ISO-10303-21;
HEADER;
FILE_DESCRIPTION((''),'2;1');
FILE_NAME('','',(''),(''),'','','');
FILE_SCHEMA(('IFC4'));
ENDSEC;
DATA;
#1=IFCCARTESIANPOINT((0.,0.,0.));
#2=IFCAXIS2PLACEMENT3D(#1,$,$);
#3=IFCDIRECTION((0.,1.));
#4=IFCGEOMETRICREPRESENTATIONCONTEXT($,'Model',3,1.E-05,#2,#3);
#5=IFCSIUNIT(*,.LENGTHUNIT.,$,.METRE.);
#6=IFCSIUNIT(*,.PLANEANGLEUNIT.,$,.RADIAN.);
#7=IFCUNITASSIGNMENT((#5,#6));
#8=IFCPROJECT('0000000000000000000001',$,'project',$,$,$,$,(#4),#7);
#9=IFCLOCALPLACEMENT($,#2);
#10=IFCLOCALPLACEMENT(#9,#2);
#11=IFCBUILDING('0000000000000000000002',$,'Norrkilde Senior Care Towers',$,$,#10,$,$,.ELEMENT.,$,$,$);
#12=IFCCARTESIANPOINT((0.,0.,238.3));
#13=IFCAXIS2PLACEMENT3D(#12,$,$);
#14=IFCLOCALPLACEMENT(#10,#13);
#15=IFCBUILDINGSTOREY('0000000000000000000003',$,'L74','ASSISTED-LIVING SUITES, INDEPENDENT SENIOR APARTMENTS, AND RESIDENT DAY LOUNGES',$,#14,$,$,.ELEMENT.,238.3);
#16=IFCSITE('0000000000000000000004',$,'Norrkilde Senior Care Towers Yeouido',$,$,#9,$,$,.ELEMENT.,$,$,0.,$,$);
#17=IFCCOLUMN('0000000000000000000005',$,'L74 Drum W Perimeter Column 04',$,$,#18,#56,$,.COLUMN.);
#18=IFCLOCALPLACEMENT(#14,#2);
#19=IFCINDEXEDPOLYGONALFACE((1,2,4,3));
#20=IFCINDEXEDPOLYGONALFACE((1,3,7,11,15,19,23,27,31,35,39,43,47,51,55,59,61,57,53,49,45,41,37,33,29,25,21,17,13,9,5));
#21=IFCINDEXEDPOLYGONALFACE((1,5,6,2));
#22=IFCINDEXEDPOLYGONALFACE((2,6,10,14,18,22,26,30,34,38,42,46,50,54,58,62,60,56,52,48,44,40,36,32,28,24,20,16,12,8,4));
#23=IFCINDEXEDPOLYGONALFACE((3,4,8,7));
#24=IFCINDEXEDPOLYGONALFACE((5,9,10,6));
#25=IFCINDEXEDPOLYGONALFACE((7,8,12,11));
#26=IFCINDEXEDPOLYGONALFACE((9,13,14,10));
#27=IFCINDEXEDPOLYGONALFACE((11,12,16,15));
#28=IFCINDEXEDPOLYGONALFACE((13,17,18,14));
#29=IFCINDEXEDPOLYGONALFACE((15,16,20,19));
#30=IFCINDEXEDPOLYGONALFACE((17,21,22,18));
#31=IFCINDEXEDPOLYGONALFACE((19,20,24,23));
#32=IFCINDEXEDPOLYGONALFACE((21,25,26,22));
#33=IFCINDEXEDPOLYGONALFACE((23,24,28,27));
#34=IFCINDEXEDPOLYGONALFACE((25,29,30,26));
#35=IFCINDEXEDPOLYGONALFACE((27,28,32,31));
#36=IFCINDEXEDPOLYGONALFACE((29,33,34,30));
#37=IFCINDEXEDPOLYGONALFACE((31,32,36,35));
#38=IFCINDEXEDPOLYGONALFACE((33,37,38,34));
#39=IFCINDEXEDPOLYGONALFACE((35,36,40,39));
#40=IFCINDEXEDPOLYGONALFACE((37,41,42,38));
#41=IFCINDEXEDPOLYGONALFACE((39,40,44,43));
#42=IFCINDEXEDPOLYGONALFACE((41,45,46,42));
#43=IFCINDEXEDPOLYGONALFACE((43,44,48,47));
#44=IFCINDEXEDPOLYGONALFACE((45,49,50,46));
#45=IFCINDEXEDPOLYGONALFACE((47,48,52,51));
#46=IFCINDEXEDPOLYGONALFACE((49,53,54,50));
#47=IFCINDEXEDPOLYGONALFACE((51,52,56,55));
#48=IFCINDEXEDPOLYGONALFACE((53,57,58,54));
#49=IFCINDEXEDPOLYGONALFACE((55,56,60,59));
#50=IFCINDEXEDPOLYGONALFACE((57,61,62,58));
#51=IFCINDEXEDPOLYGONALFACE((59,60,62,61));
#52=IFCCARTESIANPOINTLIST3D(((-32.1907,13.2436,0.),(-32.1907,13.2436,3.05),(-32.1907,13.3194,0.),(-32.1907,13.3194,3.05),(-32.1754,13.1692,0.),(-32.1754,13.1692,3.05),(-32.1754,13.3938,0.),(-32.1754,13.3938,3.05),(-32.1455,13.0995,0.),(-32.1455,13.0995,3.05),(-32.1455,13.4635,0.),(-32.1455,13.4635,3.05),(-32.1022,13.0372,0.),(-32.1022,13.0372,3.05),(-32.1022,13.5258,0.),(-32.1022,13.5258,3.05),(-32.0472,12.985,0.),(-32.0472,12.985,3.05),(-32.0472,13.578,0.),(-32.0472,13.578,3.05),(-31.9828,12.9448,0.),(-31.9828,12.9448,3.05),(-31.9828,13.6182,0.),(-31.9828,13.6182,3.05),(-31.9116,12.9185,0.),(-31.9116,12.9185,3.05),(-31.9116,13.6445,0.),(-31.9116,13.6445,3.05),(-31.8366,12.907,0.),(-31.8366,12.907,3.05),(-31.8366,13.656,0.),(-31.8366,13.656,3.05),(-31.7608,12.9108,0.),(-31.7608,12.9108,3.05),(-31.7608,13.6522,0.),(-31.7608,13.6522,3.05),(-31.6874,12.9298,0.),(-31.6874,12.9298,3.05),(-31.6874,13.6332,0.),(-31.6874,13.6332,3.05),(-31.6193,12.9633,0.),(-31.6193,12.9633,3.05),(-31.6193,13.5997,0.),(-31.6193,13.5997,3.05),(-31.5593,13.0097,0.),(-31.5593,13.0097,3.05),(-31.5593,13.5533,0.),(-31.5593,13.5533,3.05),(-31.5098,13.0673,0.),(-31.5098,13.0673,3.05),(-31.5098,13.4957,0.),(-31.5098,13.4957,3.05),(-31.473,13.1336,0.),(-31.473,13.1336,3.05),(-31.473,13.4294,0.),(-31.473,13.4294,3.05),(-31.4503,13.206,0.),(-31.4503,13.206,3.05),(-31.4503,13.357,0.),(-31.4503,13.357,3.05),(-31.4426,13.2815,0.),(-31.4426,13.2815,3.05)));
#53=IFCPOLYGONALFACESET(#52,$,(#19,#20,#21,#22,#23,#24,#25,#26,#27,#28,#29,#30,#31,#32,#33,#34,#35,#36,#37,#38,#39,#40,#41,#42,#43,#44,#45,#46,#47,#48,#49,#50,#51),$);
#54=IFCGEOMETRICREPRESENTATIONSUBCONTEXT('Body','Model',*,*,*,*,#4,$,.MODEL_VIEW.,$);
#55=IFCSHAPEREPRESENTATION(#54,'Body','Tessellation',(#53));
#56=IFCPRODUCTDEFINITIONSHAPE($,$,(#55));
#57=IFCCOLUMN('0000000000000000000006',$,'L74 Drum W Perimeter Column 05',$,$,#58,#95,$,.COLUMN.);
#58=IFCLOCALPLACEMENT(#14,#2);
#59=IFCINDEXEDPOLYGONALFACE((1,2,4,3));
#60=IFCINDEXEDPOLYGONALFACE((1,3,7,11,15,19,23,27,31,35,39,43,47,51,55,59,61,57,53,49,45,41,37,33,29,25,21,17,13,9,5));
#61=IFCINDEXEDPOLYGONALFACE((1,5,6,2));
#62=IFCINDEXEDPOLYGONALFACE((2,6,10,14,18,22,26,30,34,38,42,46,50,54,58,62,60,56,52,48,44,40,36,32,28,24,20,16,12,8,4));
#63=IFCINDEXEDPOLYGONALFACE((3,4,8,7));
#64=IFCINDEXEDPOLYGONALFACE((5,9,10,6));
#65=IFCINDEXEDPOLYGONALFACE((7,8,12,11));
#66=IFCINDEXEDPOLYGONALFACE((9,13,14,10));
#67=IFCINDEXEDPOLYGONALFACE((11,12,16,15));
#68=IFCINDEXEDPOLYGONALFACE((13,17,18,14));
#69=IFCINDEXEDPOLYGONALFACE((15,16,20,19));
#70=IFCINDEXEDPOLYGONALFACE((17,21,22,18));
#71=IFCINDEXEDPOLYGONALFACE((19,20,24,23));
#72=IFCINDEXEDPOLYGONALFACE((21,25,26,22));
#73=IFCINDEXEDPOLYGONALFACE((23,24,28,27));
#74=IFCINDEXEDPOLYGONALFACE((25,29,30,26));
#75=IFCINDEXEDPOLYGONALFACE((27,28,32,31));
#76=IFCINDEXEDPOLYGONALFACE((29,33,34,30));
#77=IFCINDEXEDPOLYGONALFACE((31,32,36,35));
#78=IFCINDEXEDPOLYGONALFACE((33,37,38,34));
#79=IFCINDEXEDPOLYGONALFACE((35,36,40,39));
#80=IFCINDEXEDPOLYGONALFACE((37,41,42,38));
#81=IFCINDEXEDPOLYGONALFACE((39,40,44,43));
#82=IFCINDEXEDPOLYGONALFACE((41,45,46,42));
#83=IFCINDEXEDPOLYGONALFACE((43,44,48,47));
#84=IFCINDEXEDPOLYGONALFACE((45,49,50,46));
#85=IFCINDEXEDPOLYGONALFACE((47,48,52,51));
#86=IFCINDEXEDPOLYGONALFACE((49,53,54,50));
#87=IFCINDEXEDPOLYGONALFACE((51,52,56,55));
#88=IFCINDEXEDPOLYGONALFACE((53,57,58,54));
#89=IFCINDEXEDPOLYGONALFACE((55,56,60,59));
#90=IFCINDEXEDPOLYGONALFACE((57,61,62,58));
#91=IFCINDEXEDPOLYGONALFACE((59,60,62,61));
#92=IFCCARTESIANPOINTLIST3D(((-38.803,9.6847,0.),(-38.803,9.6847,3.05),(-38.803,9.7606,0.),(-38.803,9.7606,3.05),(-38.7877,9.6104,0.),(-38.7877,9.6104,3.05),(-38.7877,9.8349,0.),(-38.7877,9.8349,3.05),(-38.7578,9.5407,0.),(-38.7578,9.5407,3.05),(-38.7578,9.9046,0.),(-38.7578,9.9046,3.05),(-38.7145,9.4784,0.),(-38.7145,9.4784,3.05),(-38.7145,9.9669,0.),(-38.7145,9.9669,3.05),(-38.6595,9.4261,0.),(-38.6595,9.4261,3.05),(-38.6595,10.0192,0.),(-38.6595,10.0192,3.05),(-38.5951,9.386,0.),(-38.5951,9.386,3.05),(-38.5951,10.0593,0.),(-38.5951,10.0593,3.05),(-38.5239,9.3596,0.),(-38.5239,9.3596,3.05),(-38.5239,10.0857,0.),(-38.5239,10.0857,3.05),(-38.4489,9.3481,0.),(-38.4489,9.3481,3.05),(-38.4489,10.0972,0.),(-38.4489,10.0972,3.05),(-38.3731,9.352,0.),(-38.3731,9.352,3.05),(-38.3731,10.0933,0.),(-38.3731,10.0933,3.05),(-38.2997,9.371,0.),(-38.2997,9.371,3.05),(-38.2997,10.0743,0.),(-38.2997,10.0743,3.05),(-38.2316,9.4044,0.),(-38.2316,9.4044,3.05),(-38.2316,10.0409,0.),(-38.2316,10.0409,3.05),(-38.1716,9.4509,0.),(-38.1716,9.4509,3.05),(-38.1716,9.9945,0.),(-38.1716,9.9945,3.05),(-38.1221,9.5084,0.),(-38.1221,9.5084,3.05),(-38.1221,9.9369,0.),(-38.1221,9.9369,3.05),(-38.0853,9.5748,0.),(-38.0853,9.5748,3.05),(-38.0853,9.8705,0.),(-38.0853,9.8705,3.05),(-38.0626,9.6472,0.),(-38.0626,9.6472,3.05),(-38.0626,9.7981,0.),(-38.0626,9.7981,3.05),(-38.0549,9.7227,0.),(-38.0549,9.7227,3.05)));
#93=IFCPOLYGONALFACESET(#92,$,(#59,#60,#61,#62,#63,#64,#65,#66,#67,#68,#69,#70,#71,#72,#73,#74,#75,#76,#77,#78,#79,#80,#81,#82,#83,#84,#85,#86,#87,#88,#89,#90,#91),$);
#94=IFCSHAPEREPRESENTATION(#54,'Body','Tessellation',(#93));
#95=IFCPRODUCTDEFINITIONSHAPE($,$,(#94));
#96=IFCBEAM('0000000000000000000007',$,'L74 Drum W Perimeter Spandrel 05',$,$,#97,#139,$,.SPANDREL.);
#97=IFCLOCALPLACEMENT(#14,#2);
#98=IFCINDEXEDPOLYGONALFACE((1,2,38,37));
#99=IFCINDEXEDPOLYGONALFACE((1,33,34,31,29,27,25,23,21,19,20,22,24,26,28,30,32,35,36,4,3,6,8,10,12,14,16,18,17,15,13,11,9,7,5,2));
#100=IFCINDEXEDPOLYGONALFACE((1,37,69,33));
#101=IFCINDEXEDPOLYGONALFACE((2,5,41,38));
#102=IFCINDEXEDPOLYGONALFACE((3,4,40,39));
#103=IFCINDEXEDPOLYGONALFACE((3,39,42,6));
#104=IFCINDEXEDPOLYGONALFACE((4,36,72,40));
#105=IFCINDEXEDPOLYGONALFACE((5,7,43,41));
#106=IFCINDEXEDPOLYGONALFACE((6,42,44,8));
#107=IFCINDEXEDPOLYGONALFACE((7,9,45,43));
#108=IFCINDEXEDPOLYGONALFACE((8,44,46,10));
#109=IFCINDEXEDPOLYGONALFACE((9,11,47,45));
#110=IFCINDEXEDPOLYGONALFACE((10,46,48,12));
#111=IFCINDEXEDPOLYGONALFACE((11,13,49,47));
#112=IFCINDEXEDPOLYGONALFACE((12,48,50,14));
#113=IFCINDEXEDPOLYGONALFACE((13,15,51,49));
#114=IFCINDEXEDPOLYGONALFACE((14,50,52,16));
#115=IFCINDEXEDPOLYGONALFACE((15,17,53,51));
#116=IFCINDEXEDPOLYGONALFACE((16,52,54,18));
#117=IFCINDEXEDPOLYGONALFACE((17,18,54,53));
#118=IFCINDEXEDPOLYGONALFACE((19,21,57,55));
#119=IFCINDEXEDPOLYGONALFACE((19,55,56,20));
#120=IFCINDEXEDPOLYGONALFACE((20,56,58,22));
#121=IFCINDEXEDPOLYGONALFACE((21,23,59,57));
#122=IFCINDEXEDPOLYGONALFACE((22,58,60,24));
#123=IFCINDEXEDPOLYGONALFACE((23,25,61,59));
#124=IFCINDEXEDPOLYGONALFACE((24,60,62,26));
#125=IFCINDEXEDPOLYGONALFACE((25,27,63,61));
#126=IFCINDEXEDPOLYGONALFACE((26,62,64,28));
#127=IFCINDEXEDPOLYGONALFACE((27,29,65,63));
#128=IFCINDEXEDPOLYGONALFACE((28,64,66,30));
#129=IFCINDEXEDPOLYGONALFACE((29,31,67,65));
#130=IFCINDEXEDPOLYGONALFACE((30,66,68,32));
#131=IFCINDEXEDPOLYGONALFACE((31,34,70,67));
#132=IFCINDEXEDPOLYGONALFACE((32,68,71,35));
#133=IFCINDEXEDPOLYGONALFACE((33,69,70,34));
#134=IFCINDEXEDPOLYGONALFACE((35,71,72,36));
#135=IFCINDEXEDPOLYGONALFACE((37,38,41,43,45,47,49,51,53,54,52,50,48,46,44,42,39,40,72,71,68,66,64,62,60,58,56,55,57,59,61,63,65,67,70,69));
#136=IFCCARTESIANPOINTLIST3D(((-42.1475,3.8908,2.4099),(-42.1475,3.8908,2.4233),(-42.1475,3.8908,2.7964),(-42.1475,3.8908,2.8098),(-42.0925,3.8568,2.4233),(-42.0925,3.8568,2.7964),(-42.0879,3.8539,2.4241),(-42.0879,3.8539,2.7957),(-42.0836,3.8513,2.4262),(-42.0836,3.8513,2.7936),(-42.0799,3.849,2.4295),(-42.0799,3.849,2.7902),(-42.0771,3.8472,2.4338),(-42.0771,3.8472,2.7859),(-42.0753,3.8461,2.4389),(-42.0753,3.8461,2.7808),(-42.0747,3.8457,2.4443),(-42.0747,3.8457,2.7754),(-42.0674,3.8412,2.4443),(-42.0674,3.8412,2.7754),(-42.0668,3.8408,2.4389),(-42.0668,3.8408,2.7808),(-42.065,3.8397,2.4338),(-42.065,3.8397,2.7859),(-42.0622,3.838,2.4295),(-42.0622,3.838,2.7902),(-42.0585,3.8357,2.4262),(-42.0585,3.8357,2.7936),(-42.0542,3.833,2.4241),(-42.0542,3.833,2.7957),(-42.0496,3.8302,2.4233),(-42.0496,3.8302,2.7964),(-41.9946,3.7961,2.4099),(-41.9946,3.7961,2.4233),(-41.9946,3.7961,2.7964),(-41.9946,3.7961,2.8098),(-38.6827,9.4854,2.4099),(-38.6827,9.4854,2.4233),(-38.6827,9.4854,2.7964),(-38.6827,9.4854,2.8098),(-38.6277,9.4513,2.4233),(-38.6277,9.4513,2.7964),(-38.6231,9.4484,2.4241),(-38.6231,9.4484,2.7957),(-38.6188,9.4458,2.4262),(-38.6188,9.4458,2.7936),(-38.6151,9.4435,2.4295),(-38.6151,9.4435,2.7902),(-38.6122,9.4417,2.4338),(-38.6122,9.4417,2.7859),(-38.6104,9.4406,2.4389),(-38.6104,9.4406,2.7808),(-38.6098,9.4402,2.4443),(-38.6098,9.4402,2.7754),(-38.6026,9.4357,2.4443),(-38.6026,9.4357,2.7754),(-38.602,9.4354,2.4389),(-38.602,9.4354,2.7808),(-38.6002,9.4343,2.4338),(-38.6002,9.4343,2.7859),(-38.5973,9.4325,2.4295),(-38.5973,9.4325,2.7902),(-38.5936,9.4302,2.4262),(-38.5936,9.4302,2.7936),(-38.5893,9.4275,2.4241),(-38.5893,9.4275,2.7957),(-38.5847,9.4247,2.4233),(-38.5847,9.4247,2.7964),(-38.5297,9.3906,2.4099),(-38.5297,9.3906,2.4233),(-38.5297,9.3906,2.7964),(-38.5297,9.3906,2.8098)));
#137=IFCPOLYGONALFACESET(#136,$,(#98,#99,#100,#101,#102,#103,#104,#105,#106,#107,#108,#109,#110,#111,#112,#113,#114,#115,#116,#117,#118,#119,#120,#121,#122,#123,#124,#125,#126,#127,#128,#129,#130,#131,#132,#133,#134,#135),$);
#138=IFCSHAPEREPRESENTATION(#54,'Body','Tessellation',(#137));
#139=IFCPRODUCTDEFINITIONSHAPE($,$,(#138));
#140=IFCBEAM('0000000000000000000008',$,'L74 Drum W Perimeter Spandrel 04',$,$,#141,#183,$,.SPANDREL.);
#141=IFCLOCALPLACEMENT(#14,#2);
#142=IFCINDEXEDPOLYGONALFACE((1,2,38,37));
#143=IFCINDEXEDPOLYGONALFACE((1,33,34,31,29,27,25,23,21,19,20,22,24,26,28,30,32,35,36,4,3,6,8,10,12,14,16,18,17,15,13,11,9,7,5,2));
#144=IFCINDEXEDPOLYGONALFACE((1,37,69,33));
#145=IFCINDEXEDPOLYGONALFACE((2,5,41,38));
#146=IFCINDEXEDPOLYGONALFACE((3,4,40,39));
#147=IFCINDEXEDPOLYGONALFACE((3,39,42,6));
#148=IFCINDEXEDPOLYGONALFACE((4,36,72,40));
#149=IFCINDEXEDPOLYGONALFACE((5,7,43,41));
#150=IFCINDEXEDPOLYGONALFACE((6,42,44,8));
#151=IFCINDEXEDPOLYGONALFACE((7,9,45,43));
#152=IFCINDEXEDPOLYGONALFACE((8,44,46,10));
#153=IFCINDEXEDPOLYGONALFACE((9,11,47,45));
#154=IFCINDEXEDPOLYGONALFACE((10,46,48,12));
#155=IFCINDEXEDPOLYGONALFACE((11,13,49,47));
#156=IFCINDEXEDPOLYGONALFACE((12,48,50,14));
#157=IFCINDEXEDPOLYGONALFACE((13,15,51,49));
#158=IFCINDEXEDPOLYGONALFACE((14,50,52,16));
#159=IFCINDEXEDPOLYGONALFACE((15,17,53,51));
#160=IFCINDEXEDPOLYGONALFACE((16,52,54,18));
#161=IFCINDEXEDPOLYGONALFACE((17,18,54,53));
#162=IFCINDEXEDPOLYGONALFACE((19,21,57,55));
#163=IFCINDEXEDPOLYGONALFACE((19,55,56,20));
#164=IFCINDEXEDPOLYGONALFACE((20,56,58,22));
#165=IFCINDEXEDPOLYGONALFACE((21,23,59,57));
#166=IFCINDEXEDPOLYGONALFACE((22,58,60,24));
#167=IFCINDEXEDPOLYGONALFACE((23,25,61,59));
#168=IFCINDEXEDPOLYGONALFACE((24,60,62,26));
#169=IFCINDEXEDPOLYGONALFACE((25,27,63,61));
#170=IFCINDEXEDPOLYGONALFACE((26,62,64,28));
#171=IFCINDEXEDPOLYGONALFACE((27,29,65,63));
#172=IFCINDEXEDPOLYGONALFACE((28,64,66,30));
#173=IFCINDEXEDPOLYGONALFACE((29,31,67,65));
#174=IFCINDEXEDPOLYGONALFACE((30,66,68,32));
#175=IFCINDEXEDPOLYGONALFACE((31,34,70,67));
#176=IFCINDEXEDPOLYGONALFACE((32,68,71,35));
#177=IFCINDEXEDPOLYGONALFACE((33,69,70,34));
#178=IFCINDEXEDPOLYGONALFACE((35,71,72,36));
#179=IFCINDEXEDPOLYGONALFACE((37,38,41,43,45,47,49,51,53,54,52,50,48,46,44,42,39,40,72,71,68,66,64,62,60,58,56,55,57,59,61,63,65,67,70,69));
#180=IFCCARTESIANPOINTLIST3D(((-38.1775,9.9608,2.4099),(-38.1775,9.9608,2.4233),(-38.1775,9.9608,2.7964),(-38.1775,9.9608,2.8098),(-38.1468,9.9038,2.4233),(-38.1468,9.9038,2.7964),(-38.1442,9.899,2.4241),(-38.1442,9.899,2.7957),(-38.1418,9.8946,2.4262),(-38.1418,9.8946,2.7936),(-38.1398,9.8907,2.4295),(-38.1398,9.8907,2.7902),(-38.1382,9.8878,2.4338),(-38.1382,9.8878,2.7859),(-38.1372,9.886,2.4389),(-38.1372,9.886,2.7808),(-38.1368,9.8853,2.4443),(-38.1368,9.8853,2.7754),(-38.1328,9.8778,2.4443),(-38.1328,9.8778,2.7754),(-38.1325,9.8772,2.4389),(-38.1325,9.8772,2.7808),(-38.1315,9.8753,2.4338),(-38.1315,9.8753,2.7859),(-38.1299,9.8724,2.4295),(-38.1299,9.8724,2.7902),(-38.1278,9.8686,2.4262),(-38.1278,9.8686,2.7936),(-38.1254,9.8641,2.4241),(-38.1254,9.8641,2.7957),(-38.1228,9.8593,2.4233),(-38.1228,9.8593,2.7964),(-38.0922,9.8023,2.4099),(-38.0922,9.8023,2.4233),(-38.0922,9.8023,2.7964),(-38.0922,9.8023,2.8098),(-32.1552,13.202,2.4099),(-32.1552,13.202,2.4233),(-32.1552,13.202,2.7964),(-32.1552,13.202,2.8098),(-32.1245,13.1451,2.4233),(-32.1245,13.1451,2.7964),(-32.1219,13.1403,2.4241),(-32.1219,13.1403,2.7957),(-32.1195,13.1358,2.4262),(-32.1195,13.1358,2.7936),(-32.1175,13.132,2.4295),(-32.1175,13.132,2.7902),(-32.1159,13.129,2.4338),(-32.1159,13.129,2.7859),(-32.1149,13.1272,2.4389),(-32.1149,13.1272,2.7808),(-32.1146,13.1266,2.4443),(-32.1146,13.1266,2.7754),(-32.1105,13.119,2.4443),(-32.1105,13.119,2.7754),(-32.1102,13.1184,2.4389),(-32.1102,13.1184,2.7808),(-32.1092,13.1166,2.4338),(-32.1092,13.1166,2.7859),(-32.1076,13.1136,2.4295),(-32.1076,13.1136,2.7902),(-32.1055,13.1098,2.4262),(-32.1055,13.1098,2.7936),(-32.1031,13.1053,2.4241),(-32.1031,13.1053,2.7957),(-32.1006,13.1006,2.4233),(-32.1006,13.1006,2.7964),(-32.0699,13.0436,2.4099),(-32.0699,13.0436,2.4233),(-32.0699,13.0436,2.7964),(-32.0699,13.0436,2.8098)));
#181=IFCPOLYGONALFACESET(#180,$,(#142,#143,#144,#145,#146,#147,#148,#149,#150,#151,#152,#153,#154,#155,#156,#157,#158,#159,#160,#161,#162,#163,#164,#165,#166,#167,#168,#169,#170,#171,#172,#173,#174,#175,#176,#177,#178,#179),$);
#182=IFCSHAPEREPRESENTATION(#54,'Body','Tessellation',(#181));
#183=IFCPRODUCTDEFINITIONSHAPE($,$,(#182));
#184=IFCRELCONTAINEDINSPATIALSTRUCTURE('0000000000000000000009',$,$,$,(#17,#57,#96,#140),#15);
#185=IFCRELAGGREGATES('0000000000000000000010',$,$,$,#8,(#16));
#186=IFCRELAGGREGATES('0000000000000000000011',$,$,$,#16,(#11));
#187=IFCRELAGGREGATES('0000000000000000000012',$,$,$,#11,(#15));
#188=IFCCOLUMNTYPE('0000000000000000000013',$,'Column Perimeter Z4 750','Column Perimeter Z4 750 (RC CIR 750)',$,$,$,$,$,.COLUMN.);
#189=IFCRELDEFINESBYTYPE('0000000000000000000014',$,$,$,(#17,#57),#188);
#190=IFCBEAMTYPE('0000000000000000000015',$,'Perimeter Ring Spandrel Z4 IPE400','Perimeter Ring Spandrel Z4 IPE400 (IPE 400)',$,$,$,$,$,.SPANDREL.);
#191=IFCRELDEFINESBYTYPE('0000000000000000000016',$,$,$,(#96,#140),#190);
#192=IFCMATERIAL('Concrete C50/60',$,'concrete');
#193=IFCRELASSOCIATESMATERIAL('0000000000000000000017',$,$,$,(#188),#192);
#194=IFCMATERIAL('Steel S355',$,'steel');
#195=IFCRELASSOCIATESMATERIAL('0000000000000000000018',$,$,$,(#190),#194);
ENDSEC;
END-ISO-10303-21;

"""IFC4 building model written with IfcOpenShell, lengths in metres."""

from ifc_helpers import new_model, si_unit, direction, frame, origin, origin_2d, place, context, subcontext, project, spatial, circle, i_section, extrude, source, transform, mapped, material, material_profile, profile_set, type_object, type_shapes, element, save


model = new_model("IFC4")

# Units and contexts
model_context = context("Model", 3, precision=1e-05, world=origin(), true_north=direction((0.0, 1.0)))
body_context = subcontext(model_context, "Body", "Model", "MODEL_VIEW")
ifc_project = project(units=[si_unit("LENGTHUNIT", "METRE"), si_unit("PLANEANGLEUNIT", "RADIAN")], contexts=[model_context])

# Site, building, storey
site_placement = place(None, origin())
site = spatial("IfcSite", under=ifc_project, at=site_placement, Name="Norrkilde Senior Care Towers Yeouido", CompositionType="ELEMENT", RefElevation=0.0)
building_placement = place(site_placement, origin())
building = spatial("IfcBuilding", under=site, at=building_placement, Name="Norrkilde Senior Care Towers", CompositionType="ELEMENT")
storey_placement = place(building_placement, frame((0.0, 0.0, 238.3)))
storey = spatial("IfcBuildingStorey", under=building, at=storey_placement, Name="L74", Description="ASSISTED-LIVING SUITES, INDEPENDENT SENIOR APARTMENTS, AND RESIDENT DAY LOUNGES", CompositionType="ELEMENT", Elevation=238.3)

# Columns
ifc_material_1 = material(Name="Concrete C50/60", Category="concrete")
ifc_material_profile_1 = material_profile(ifc_material_1, circle(Radius=0.375, at=origin_2d()), Name="RC CIR 750")
ifc_profile_set_1 = profile_set([ifc_material_profile_1], Name="Concrete C50/60")
column_type = type_object("IfcColumnType", Name="Column Perimeter Z4 750", Description="Column Perimeter Z4 750 (RC CIR 750)", PredefinedType="COLUMN", material=ifc_profile_set_1)
shared_shape_1 = source(origin(), body_context, "Body", "SweptSolid", [
    extrude(circle(Radius=0.375, at=origin_2d()), origin(), (0.0, 0.0, 1.0), 3.05),
])
type_shapes(column_type, [shared_shape_1])
for number, where, z_axis, x_axis, name in (
    (1, (-31.8176, 13.2815, 0.0), (0.0, 0.0, 1.0), (1.0, 0.0, 0.0), "L74 Drum W Perimeter Column 04"),
    (2, (-38.4299, 9.7227, 0.0), (0.0, 0.0, 1.0), (1.0, 0.0, 0.0), "L74 Drum W Perimeter Column 05"),
):
    element("IfcColumn", number, at=place(storey_placement, frame(where, z_axis=z_axis, x_axis=x_axis)), inside=storey, type_object=column_type, Name=name, PredefinedType="COLUMN", context=body_context, shape_type="MappedRepresentation", body=[
        mapped(shared_shape_1, transform((0.0, 0.0, 0.0), x_axis=(1.0, 0.0, 0.0), y_axis=(0.0, 1.0, 0.0), z_axis=(0.0, 0.0, 1.0), scale=1.0)),
    ])

# Beams
ifc_material_2 = material(Name="Steel S355", Category="steel")
ifc_material_profile_2 = material_profile(ifc_material_2, i_section(OverallWidth=0.1799, OverallDepth=0.3999, WebThickness=0.0085, FlangeThickness=0.0134, FilletRadius=0.021, at=origin_2d()), Name="IPE 400")
ifc_profile_set_2 = profile_set([ifc_material_profile_2], Name="Steel S355")
beam_type_1 = type_object("IfcBeamType", Name="Perimeter Ring Spandrel Z4 IPE400", Description="Perimeter Ring Spandrel Z4 IPE400 (IPE 400)", PredefinedType="SPANDREL", material=ifc_profile_set_2)
shared_shape_2 = source(origin(), body_context, "Body", "SweptSolid", [
    extrude(i_section(OverallWidth=0.1799, OverallDepth=0.3999, WebThickness=0.0085, FlangeThickness=0.0134, FilletRadius=0.021, at=origin_2d()), origin(), (0.0, 0.0, 1.0), 6.5806),
])
beam_1_placement = place(storey_placement, frame((-38.6062, 9.438, 2.6099), z_axis=(-0.52653, -0.850157, 0.0), x_axis=(0.850157, -0.52653, 0.0)))
element("IfcBeam", 3, at=beam_1_placement, inside=storey, type_object=beam_type_1, Name="L74 Drum W Perimeter Spandrel 05", PredefinedType="SPANDREL", context=body_context, shape_type="MappedRepresentation", body=[
    mapped(shared_shape_2, transform((0.0, 0.0, 0.0), x_axis=(1.0, 0.0, 0.0), y_axis=(0.0, 1.0, 0.0), z_axis=(0.0, 0.0, 1.0), scale=1.0)),
])
shared_shape_3 = source(origin(), body_context, "Body", "SweptSolid", [
    extrude(i_section(OverallWidth=0.1799, OverallDepth=0.3999, WebThickness=0.0085, FlangeThickness=0.0134, FilletRadius=0.021, at=origin_2d()), origin(), (0.0, 0.0, 1.0), 6.8391),
])
type_shapes(beam_type_1, [shared_shape_2, shared_shape_3])
beam_2_placement = place(storey_placement, frame((-32.1125, 13.1228, 2.6099), z_axis=(-0.880564, -0.473927, 0.0), x_axis=(0.473927, -0.880564, 0.0)))
element("IfcBeam", 4, at=beam_2_placement, inside=storey, type_object=beam_type_1, Name="L74 Drum W Perimeter Spandrel 04", PredefinedType="SPANDREL", context=body_context, shape_type="MappedRepresentation", body=[
    mapped(shared_shape_3, transform((0.0, 0.0, 0.0), x_axis=(1.0, 0.0, 0.0), y_axis=(0.0, 1.0, 0.0), z_axis=(0.0, 0.0, 1.0), scale=1.0)),
])

save(model, "model.ifc")
